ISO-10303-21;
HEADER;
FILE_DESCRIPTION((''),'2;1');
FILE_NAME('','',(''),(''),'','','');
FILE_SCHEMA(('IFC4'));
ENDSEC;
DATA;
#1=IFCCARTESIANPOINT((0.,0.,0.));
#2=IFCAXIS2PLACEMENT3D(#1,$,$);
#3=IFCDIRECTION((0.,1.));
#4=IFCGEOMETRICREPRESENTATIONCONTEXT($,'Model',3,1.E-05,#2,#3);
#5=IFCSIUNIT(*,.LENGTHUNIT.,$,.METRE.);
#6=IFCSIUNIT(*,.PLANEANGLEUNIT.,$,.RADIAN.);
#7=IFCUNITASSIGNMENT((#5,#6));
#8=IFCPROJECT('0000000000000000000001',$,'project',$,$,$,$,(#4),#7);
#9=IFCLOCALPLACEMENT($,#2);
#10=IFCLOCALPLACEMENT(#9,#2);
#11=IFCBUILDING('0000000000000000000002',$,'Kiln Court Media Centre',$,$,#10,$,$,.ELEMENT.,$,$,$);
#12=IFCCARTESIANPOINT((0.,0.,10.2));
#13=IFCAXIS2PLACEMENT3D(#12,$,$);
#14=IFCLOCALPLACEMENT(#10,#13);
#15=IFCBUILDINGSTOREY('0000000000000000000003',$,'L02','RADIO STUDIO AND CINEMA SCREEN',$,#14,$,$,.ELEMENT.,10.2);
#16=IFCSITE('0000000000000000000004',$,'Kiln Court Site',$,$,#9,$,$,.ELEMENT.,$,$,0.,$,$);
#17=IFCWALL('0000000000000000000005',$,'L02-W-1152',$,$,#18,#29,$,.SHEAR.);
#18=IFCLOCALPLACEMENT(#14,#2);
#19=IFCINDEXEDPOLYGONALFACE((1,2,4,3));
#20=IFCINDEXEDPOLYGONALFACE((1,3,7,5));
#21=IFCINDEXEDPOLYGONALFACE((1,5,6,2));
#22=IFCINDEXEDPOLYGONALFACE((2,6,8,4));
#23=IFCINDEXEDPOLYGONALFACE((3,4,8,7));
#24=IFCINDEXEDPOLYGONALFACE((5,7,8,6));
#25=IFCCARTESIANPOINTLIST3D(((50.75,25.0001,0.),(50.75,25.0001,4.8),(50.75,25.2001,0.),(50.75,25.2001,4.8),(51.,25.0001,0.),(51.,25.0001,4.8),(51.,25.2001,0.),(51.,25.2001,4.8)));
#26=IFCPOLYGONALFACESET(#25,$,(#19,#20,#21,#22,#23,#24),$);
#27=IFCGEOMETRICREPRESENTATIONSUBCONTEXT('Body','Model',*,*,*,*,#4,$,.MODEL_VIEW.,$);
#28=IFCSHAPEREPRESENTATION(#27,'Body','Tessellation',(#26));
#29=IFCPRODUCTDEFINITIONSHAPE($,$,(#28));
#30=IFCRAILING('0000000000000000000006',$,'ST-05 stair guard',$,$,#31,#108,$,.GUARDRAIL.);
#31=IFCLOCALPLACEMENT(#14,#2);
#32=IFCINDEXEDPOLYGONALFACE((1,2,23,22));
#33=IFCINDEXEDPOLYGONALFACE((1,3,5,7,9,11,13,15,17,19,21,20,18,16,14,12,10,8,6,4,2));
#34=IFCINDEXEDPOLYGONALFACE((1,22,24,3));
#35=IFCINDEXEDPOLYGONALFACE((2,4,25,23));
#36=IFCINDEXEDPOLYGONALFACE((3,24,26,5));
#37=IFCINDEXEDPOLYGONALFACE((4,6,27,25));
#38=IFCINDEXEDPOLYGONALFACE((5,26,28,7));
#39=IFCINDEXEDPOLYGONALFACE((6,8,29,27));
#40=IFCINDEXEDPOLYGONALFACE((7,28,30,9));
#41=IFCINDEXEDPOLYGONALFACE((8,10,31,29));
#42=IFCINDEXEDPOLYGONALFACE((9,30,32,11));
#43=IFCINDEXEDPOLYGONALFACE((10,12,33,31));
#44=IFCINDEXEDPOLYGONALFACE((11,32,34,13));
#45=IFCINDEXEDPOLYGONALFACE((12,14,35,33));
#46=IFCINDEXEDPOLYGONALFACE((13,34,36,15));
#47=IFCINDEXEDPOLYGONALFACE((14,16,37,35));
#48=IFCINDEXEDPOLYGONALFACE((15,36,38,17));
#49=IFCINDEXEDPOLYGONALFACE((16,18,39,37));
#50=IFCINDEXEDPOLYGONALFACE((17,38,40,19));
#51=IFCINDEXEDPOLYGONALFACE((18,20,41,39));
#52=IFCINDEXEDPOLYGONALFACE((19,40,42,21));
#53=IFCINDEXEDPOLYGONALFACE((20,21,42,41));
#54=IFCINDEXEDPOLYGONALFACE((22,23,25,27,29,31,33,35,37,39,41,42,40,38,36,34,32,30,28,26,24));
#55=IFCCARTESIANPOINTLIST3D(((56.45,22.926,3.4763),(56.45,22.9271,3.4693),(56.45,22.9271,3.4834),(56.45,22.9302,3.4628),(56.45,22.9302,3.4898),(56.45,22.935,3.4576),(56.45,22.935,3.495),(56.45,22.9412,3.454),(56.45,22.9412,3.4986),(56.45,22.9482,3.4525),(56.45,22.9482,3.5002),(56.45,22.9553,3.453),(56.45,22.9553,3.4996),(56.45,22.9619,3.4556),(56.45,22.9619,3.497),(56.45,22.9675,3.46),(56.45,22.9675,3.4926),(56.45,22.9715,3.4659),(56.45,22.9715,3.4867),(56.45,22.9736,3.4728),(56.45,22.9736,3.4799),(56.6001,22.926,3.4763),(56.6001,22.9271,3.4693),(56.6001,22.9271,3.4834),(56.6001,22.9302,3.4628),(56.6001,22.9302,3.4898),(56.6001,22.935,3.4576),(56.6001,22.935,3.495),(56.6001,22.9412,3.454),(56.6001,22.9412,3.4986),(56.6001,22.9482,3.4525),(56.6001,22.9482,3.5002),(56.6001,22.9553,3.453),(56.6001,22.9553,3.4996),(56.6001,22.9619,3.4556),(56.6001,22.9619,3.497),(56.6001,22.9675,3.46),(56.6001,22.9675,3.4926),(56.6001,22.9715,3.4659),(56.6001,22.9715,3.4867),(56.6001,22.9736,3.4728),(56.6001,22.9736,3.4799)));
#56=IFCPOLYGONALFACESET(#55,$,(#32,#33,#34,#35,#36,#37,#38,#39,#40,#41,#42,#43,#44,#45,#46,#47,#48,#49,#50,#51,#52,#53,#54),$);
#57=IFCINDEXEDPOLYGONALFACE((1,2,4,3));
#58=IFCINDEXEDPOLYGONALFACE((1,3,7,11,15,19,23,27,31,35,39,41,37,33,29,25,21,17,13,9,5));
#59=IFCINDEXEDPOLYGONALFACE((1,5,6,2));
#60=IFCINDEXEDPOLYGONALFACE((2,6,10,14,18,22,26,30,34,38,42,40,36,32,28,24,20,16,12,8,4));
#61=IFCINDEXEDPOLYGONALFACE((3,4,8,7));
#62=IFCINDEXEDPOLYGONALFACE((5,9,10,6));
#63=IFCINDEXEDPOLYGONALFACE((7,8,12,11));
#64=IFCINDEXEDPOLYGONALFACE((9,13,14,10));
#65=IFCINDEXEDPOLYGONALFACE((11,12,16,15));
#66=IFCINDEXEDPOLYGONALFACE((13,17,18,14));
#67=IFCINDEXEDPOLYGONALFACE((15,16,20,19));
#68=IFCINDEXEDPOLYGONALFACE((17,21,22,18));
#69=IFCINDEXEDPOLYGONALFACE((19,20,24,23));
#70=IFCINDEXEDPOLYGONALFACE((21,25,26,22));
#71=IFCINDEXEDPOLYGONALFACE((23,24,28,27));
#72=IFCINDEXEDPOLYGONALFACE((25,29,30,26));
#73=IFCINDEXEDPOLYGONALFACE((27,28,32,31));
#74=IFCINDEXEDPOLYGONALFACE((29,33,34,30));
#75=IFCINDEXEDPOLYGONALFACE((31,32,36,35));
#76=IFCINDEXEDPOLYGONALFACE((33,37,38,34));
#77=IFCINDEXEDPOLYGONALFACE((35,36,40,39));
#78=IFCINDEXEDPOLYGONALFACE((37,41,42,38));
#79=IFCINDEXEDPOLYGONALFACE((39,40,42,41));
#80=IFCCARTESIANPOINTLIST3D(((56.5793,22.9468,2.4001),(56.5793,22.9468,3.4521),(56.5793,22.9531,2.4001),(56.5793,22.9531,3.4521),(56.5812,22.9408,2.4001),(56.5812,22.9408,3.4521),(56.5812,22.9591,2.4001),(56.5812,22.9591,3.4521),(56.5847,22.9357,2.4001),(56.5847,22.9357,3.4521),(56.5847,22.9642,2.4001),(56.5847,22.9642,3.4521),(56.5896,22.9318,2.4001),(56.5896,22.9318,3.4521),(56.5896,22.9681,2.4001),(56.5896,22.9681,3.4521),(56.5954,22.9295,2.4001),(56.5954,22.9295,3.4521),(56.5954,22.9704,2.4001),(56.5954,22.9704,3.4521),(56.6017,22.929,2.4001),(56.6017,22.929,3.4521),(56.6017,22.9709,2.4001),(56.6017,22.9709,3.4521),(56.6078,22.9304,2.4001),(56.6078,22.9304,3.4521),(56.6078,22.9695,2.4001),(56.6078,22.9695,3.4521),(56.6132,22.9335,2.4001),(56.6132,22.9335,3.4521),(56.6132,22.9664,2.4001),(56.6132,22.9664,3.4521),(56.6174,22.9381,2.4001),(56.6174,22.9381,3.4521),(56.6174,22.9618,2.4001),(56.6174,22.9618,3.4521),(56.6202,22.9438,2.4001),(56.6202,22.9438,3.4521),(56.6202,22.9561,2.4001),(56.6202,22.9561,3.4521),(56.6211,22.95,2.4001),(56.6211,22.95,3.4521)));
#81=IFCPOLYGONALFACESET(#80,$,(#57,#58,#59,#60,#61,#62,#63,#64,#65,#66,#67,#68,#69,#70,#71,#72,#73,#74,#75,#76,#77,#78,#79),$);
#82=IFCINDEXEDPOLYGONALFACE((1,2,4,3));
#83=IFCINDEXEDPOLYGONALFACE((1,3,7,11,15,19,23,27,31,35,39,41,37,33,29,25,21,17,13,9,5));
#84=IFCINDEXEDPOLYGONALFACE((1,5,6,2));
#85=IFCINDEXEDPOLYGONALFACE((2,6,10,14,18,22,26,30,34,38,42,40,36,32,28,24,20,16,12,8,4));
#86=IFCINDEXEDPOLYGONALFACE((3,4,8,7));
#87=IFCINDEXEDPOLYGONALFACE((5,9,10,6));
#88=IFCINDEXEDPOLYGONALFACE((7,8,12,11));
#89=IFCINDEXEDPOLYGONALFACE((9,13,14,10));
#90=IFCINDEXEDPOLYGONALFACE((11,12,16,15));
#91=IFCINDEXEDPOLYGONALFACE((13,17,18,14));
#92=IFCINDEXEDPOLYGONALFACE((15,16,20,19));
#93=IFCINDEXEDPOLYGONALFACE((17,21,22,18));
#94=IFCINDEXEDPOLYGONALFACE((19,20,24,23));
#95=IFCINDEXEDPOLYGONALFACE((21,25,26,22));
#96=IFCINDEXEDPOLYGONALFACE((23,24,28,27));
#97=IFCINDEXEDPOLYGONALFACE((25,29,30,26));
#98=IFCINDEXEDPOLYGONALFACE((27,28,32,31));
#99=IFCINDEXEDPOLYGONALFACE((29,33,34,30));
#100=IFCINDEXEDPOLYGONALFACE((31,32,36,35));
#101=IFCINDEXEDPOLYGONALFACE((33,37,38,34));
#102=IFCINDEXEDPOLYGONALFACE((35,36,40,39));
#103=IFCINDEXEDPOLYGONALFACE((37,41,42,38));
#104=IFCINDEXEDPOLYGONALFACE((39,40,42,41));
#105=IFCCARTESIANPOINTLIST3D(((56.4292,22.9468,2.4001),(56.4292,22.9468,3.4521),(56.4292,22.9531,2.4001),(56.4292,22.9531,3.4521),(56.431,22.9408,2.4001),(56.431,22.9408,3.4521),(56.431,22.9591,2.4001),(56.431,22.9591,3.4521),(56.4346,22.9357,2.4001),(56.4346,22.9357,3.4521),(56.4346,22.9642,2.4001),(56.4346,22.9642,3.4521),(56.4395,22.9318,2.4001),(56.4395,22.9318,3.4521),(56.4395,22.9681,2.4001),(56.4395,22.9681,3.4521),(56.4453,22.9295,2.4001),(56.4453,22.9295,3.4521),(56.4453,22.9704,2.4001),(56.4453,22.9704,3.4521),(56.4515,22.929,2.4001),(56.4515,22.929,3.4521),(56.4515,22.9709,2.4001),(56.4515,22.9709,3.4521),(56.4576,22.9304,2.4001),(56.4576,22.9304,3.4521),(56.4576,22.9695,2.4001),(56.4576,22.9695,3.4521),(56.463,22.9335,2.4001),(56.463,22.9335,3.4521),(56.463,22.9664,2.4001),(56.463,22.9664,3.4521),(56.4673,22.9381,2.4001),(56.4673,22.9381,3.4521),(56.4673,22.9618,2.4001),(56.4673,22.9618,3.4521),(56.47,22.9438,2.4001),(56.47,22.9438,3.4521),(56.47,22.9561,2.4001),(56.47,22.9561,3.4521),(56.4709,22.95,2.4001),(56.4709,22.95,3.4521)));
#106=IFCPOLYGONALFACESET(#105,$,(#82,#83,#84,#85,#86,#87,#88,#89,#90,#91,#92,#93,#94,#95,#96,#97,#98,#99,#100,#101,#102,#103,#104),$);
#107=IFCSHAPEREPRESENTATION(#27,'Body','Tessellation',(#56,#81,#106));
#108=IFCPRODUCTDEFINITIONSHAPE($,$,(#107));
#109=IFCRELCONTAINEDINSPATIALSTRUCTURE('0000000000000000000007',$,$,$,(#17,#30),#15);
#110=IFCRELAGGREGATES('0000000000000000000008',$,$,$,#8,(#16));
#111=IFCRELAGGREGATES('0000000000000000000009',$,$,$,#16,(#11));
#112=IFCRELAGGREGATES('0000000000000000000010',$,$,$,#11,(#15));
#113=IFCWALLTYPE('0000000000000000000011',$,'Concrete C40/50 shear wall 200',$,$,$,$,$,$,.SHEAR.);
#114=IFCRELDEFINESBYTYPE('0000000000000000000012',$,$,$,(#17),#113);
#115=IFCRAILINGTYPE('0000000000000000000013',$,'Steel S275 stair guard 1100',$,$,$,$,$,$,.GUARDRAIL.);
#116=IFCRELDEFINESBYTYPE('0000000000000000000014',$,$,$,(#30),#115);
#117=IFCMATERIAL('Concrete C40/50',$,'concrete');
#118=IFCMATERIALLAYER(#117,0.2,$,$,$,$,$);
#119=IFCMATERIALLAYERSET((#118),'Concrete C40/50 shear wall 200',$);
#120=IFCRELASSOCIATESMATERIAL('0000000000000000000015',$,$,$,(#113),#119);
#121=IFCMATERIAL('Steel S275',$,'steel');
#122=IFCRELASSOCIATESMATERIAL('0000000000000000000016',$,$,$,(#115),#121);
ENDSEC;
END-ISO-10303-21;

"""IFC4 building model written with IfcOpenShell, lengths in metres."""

from ifc_helpers import new_model, si_unit, direction, frame, frame_2d, origin, origin_2d, place, context, subcontext, project, spatial, rectangle, circle, extrude, material, layer, layer_set, type_object, element, save


model = new_model("IFC4")

# Units and contexts
model_context = context("Model", 3, precision=1e-05, world=origin(), true_north=direction((0.0, 1.0)))
body_context = subcontext(model_context, "Body", "Model", "MODEL_VIEW")
ifc_project = project(units=[si_unit("LENGTHUNIT", "METRE"), si_unit("PLANEANGLEUNIT", "RADIAN")], contexts=[model_context])

# Site, building, storey
site_placement = place(None, origin())
site = spatial("IfcSite", under=ifc_project, at=site_placement, Name="Kiln Court Site", CompositionType="ELEMENT", RefElevation=0.0)
building_placement = place(site_placement, origin())
building = spatial("IfcBuilding", under=site, at=building_placement, Name="Kiln Court Media Centre", CompositionType="ELEMENT")
storey_placement = place(building_placement, frame((0.0, 0.0, 10.2)))
storey = spatial("IfcBuildingStorey", under=building, at=storey_placement, Name="L02", Description="RADIO STUDIO AND CINEMA SCREEN", CompositionType="ELEMENT", Elevation=10.2)

# Shared definitions
ifc_material_1 = material(Name="Concrete C40/50", Category="concrete")
ifc_layer_1 = layer(ifc_material_1, 0.2)
ifc_layer_set_1 = layer_set([ifc_layer_1], Name="Concrete C40/50 shear wall 200")
wall_type_1 = type_object("IfcWallType", Name="Concrete C40/50 shear wall 200", PredefinedType="SHEAR", material=ifc_layer_set_1)

# Wall
wall_1_placement = place(storey_placement, frame((50.75, 25.1001, 0.0), z_axis=(0.0, 0.0, 1.0), x_axis=(1.0, 0.0, 0.0)))
element("IfcWall", 1, at=wall_1_placement, inside=storey, type_object=wall_type_1, Name="L02-W-1152", PredefinedType="SHEAR", context=body_context, shape_type="SweptSolid", body=[
    extrude(rectangle(XDim=0.25, YDim=0.2, at=frame_2d((0.125, 0.0))), origin(), (0.0, 0.0, 1.0), 4.8),
])

# Railing
ifc_material_2 = material(Name="Steel S275", Category="steel")
railing_type_1 = type_object("IfcRailingType", Name="Steel S275 stair guard 1100", PredefinedType="GUARDRAIL", material=ifc_material_2)
railing_1_placement = place(storey_placement, frame((56.6001, 22.95, 2.4001)))
element("IfcRailing", 2, at=railing_1_placement, inside=storey, type_object=railing_type_1, Name="ST-05 stair guard", PredefinedType="GUARDRAIL", context=body_context, shape_type="SweptSolid", body=[
    extrude(circle(Radius=0.0239, at=origin_2d()), frame((0.0, 0.0, 1.0762), z_axis=(-1.0, 0.0, 0.0), x_axis=(0.0, -1.0, 0.0)), (0.0, 0.0, 1.0), 0.1501),
    extrude(circle(Radius=0.021, at=origin_2d()), origin(), (0.0, 0.0, 1.0), 1.052),
    extrude(circle(Radius=0.021, at=origin_2d()), frame((-0.1501, 0.0, 0.0)), (0.0, 0.0, 1.0), 1.052),
])

save(model, "model.ifc")
